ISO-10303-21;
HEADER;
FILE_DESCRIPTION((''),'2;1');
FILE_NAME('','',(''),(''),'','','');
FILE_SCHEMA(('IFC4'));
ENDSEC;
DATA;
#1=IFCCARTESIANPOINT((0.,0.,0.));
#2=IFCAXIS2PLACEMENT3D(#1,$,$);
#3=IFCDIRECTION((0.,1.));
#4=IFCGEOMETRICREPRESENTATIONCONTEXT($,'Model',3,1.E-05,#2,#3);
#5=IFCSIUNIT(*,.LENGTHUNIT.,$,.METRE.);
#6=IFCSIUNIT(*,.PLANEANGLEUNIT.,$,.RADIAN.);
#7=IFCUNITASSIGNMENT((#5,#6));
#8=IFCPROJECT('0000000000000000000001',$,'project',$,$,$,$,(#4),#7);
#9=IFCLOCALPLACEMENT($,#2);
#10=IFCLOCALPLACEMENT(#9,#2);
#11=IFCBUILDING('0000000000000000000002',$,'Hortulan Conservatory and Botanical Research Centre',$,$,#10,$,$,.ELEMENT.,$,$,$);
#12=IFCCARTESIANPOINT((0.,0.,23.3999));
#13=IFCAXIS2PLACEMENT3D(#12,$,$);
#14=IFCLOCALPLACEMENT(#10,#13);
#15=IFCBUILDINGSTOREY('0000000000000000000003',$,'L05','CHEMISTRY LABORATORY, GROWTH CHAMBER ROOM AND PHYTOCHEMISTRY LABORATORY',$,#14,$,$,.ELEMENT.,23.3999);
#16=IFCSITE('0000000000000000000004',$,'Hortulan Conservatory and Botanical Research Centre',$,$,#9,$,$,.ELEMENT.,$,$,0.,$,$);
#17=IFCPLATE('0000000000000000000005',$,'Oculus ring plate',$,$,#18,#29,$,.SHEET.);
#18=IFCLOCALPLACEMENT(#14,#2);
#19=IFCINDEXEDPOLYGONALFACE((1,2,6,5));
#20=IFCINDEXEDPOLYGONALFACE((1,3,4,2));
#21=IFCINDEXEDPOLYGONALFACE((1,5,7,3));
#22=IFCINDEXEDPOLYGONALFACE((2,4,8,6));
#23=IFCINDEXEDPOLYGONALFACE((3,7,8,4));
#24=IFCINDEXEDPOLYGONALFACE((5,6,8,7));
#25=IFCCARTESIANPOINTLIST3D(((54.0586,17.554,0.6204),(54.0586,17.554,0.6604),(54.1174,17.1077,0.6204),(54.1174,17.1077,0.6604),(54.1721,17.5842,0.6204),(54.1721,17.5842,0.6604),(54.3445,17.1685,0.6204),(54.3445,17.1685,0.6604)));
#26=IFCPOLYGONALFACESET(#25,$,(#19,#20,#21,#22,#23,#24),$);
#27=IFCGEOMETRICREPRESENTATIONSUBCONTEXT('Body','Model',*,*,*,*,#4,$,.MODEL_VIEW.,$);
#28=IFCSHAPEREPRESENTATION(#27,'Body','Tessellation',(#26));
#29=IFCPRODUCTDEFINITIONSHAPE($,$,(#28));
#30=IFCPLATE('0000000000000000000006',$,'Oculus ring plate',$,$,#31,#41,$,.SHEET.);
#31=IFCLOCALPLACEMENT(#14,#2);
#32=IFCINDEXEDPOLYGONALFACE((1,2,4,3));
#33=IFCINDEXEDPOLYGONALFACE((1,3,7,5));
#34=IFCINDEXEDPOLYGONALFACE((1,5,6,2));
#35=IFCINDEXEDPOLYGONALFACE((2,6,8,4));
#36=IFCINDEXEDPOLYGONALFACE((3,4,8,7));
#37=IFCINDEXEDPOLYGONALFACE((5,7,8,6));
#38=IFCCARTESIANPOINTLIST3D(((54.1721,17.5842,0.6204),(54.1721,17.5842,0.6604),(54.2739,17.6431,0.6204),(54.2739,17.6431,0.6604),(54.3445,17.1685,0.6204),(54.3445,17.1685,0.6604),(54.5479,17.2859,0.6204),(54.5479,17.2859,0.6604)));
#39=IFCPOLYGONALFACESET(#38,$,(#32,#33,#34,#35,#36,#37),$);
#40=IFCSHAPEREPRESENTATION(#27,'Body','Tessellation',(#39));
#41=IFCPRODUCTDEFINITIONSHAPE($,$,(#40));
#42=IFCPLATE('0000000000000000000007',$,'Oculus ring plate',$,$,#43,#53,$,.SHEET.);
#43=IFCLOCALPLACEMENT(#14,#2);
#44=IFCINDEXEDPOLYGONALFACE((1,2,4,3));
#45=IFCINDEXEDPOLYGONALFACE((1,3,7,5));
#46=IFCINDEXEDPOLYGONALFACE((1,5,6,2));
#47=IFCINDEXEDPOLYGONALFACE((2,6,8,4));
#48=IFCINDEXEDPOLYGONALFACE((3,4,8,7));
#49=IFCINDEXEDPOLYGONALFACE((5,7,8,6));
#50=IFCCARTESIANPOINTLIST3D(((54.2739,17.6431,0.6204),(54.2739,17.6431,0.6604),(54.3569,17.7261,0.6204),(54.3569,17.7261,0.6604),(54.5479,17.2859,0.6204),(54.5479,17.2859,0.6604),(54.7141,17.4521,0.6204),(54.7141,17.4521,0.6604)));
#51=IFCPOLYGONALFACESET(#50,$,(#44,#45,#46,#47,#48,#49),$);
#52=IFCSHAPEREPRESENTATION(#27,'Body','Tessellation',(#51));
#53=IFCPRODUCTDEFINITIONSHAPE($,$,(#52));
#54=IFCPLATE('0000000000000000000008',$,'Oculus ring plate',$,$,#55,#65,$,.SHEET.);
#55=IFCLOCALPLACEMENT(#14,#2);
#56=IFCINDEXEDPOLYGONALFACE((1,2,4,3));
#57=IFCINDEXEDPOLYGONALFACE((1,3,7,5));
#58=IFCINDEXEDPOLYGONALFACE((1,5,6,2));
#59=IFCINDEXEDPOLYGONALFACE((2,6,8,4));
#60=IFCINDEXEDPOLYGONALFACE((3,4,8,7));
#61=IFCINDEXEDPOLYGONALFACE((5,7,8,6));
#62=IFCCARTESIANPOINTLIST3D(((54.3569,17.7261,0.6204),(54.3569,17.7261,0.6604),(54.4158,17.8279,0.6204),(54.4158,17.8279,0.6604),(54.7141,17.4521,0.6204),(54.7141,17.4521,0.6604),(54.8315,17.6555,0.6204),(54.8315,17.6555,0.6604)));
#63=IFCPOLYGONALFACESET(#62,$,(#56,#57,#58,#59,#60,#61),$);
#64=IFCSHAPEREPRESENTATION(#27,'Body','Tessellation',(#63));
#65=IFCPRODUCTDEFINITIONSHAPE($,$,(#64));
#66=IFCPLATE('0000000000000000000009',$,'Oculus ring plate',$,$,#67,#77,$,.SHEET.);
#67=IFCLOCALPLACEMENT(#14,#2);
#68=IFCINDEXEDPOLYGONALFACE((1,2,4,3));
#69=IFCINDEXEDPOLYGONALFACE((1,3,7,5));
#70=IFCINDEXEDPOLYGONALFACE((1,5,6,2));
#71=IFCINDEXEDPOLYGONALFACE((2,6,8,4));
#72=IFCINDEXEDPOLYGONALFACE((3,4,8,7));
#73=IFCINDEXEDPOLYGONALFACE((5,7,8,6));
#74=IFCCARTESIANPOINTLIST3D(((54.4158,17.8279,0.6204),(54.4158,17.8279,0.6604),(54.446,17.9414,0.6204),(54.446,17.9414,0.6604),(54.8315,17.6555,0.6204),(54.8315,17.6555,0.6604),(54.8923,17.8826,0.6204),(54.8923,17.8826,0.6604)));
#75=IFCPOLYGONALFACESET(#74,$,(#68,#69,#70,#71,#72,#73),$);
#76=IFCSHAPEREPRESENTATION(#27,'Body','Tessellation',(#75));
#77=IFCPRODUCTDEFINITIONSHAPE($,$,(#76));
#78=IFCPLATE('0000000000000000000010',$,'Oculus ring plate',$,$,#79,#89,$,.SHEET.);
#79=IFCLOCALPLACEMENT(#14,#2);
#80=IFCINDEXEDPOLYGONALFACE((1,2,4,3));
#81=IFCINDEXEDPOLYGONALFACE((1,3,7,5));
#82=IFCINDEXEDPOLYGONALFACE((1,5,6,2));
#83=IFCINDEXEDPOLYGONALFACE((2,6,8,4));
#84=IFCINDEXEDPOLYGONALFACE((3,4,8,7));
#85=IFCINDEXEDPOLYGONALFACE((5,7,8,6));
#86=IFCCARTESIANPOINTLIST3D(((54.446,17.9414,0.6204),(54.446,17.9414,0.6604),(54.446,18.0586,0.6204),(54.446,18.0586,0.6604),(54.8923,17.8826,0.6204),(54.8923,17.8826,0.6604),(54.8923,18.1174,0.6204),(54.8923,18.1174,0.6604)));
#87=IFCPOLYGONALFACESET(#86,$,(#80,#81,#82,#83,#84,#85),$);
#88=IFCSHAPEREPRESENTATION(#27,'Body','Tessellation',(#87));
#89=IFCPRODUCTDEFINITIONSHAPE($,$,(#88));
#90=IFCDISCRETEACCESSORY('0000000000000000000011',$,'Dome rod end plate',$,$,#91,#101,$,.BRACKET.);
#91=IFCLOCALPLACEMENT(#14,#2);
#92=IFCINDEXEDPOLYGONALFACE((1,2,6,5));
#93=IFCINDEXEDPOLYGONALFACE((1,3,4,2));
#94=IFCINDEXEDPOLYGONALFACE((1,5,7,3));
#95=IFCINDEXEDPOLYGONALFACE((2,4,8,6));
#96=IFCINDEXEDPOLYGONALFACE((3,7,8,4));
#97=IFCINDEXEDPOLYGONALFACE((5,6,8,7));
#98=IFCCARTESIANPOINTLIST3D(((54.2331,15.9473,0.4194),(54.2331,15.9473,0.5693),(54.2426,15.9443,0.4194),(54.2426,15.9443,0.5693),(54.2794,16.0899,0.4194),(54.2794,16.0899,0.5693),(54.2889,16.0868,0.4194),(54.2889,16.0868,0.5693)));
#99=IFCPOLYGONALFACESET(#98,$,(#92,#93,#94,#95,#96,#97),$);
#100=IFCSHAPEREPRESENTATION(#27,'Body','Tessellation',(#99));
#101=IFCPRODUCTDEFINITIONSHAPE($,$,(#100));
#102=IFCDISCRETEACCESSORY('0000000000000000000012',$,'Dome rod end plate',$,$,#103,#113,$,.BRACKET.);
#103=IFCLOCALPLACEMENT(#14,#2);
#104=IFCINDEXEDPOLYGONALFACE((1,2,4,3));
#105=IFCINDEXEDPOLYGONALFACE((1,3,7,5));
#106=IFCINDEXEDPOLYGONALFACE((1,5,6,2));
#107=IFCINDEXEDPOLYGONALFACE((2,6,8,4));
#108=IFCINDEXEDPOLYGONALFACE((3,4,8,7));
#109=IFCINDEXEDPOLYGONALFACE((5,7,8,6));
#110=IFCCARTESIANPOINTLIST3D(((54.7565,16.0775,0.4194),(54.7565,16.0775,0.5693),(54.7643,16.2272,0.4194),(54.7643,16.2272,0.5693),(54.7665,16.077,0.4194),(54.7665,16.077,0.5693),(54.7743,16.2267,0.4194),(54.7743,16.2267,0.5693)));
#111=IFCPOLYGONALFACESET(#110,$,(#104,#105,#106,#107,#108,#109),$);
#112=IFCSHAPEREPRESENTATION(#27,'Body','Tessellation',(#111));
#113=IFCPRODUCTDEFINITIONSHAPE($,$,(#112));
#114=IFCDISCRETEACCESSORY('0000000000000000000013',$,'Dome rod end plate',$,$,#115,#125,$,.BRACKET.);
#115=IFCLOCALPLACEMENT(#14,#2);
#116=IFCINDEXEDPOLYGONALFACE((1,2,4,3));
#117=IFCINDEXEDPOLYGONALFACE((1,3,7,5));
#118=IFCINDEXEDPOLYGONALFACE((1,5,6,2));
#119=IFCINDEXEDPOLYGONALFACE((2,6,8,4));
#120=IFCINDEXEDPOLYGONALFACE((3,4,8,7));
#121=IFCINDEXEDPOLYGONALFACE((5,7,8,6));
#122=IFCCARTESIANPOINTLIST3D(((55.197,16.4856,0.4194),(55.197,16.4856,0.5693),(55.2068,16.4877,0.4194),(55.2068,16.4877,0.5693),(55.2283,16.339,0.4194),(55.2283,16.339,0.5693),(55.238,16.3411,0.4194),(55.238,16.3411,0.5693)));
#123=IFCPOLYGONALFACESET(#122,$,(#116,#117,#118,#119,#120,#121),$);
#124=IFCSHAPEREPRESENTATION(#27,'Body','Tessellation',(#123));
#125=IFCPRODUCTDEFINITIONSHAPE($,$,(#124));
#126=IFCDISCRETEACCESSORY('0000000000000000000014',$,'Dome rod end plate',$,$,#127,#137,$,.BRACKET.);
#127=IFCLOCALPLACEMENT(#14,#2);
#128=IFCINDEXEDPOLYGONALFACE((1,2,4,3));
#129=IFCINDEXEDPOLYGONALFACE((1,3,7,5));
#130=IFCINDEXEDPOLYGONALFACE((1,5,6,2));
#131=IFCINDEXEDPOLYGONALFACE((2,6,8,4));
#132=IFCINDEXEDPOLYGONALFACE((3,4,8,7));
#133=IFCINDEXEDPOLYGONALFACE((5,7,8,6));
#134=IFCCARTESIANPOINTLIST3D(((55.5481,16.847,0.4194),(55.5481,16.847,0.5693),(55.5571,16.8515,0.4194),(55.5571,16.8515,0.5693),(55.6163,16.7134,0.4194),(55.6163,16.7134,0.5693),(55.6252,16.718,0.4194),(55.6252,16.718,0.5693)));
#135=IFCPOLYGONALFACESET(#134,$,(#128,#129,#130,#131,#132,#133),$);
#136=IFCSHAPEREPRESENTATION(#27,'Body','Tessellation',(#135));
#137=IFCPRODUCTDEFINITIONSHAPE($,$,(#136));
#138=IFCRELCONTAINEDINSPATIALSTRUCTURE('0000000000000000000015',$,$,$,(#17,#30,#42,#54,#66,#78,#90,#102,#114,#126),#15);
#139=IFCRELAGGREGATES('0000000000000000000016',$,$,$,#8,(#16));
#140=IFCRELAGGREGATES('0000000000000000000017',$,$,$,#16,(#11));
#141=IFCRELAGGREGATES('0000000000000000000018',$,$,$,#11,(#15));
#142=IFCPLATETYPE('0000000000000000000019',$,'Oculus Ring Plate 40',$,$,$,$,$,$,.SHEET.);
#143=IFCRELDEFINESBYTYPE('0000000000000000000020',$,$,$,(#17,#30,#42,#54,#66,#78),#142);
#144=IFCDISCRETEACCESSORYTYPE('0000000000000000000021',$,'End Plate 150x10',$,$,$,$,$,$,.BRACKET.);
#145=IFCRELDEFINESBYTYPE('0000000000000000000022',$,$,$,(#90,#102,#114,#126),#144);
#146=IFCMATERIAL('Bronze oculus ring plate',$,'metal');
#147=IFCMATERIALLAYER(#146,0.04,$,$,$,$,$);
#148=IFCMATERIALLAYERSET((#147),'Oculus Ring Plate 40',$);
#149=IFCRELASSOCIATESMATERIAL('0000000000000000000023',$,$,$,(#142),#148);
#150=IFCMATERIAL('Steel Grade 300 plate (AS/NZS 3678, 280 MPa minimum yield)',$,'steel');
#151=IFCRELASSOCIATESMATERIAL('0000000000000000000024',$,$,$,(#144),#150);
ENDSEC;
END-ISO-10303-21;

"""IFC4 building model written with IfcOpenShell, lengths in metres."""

from ifc_helpers import new_model, si_unit, direction, frame, origin, origin_2d, place, context, subcontext, project, spatial, polyline, rectangle, outline, extrude, material, layer, layer_set, type_object, element, save


model = new_model("IFC4")

# Units and contexts
model_context = context("Model", 3, precision=1e-05, world=origin(), true_north=direction((0.0, 1.0)))
body_context = subcontext(model_context, "Body", "Model", "MODEL_VIEW")
ifc_project = project(units=[si_unit("LENGTHUNIT", "METRE"), si_unit("PLANEANGLEUNIT", "RADIAN")], contexts=[model_context])

# Site, building, storey
site_placement = place(None, origin())
site = spatial("IfcSite", under=ifc_project, at=site_placement, Name="Hortulan Conservatory and Botanical Research Centre", CompositionType="ELEMENT", RefElevation=0.0)
building_placement = place(site_placement, origin())
building = spatial("IfcBuilding", under=site, at=building_placement, Name="Hortulan Conservatory and Botanical Research Centre", CompositionType="ELEMENT")
storey_placement = place(building_placement, frame((0.0, 0.0, 23.3999)))
storey = spatial("IfcBuildingStorey", under=building, at=storey_placement, Name="L05", Description="CHEMISTRY LABORATORY, GROWTH CHAMBER ROOM AND PHYTOCHEMISTRY LABORATORY", CompositionType="ELEMENT", Elevation=23.3999)

# Plates
ifc_material_1 = material(Name="Bronze oculus ring plate", Category="metal")
ifc_layer_1 = layer(ifc_material_1, 0.04)
ifc_layer_set_1 = layer_set([ifc_layer_1], Name="Oculus Ring Plate 40")
plate_type_1 = type_object("IfcPlateType", Name="Oculus Ring Plate 40", PredefinedType="SHEET", material=ifc_layer_set_1)
plate_1_placement = place(storey_placement, frame((54.1174, 17.1077, 0.6604), z_axis=(0.0, 0.0, 1.0), x_axis=(0.965976, 0.258632, 0.0)))
element("IfcPlate", 1, at=plate_1_placement, inside=storey, type_object=plate_type_1, Name="Oculus ring plate", PredefinedType="SHEET", context=body_context, shape_type="SweptSolid", body=[
    extrude(outline(polyline([(0.0, 0.0), (0.235, 0.0), (0.1761, 0.4462), (0.0586, 0.4463), (0.0, 0.0)])), origin(), (0.0, 0.0, -1.0), 0.04),
])
plate_2_placement = place(storey_placement, frame((54.3445, 17.1685, 0.6604), z_axis=(0.0, 0.0, 1.0), x_axis=(0.865995, 0.500052, 0.0)))
element("IfcPlate", 2, at=plate_2_placement, inside=storey, type_object=plate_type_1, Name="Oculus ring plate", PredefinedType="SHEET", context=body_context, shape_type="SweptSolid", body=[
    extrude(outline(polyline([(0.0, 0.0), (0.2348, 0.0), (0.1762, 0.4463), (0.0586, 0.4462), (0.0, 0.0)])), origin(), (0.0, 0.0, -1.0), 0.04),
])
plate_3_placement = place(storey_placement, frame((54.5479, 17.2859, 0.6604), z_axis=(0.0, 0.0, 1.0), x_axis=(0.707107, 0.707107, 0.0)))
element("IfcPlate", 3, at=plate_3_placement, inside=storey, type_object=plate_type_1, Name="Oculus ring plate", PredefinedType="SHEET", context=body_context, shape_type="SweptSolid", body=[
    extrude(outline(polyline([(0.0, 0.0), (0.2351, 0.0), (0.1763, 0.4463), (0.0589, 0.4463), (0.0, 0.0)])), origin(), (0.0, 0.0, -1.0), 0.04),
])
plate_4_placement = place(storey_placement, frame((54.7141, 17.4521, 0.6604), z_axis=(0.0, 0.0, 1.0), x_axis=(0.500052, 0.865995, 0.0)))
element("IfcPlate", 4, at=plate_4_placement, inside=storey, type_object=plate_type_1, Name="Oculus ring plate", PredefinedType="SHEET", context=body_context, shape_type="SweptSolid", body=[
    extrude(outline(polyline([(0.0, 0.0), (0.2348, 0.0), (0.1762, 0.4462), (0.0586, 0.4463), (0.0, 0.0)])), origin(), (0.0, 0.0, -1.0), 0.04),
])
plate_5_placement = place(storey_placement, frame((54.8315, 17.6555, 0.6604), z_axis=(0.0, 0.0, 1.0), x_axis=(0.258632, 0.965976, 0.0)))
element("IfcPlate", 5, at=plate_5_placement, inside=storey, type_object=plate_type_1, Name="Oculus ring plate", PredefinedType="SHEET", context=body_context, shape_type="SweptSolid", body=[
    extrude(outline(polyline([(0.0, 0.0), (0.235, 0.0), (0.1765, 0.4463), (0.059, 0.4462), (0.0, 0.0)])), origin(), (0.0, 0.0, -1.0), 0.04),
])
plate_6_placement = place(storey_placement, frame((54.8923, 17.8826, 0.6604), z_axis=(0.0, 0.0, 1.0), x_axis=(0.0, 1.0, 0.0)))
element("IfcPlate", 6, at=plate_6_placement, inside=storey, type_object=plate_type_1, Name="Oculus ring plate", PredefinedType="SHEET", context=body_context, shape_type="SweptSolid", body=[
    extrude(outline(polyline([(0.0, 0.0), (0.2349, 0.0), (0.176, 0.4463), (0.0588, 0.4463), (0.0, 0.0)])), origin(), (0.0, 0.0, -1.0), 0.04),
])

# Discrete accessories
ifc_material_2 = material(Name="Steel Grade 300 plate (AS/NZS 3678, 280 MPa minimum yield)", Category="steel")
discrete_accessory_type = type_object("IfcDiscreteAccessoryType", Name="End Plate 150x10", PredefinedType="BRACKET", material=ifc_material_2)
for number, where, z_axis, x_axis, name in (
    (7, (54.261, 16.0171, 0.4194), (0.0, 0.0, 1.0), (0.308536, 0.951213, 0.0), "Dome rod end plate"),
    (8, (54.7654, 16.1521, 0.4194), (0.0, 0.0, 1.0), (0.051813, 0.998657, 0.0), "Dome rod end plate"),
    (9, (55.2175, 16.4133, 0.4194), (0.0, 0.0, 1.0), (0.208424, -0.978039, 0.0), "Dome rod end plate"),
    (10, (55.5867, 16.7825, 0.4194), (0.0, 0.0, 1.0), (0.454473, -0.890761, 0.0), "Dome rod end plate"),
):
    element("IfcDiscreteAccessory", number, at=place(storey_placement, frame(where, z_axis=z_axis, x_axis=x_axis)), inside=storey, type_object=discrete_accessory_type, Name=name, PredefinedType="BRACKET", context=body_context, shape_type="SweptSolid", body=[
        extrude(rectangle(XDim=0.1499, YDim=0.01, at=origin_2d()), origin(), (0.0, 0.0, 1.0), 0.1499),
    ])

save(model, "model.ifc")
